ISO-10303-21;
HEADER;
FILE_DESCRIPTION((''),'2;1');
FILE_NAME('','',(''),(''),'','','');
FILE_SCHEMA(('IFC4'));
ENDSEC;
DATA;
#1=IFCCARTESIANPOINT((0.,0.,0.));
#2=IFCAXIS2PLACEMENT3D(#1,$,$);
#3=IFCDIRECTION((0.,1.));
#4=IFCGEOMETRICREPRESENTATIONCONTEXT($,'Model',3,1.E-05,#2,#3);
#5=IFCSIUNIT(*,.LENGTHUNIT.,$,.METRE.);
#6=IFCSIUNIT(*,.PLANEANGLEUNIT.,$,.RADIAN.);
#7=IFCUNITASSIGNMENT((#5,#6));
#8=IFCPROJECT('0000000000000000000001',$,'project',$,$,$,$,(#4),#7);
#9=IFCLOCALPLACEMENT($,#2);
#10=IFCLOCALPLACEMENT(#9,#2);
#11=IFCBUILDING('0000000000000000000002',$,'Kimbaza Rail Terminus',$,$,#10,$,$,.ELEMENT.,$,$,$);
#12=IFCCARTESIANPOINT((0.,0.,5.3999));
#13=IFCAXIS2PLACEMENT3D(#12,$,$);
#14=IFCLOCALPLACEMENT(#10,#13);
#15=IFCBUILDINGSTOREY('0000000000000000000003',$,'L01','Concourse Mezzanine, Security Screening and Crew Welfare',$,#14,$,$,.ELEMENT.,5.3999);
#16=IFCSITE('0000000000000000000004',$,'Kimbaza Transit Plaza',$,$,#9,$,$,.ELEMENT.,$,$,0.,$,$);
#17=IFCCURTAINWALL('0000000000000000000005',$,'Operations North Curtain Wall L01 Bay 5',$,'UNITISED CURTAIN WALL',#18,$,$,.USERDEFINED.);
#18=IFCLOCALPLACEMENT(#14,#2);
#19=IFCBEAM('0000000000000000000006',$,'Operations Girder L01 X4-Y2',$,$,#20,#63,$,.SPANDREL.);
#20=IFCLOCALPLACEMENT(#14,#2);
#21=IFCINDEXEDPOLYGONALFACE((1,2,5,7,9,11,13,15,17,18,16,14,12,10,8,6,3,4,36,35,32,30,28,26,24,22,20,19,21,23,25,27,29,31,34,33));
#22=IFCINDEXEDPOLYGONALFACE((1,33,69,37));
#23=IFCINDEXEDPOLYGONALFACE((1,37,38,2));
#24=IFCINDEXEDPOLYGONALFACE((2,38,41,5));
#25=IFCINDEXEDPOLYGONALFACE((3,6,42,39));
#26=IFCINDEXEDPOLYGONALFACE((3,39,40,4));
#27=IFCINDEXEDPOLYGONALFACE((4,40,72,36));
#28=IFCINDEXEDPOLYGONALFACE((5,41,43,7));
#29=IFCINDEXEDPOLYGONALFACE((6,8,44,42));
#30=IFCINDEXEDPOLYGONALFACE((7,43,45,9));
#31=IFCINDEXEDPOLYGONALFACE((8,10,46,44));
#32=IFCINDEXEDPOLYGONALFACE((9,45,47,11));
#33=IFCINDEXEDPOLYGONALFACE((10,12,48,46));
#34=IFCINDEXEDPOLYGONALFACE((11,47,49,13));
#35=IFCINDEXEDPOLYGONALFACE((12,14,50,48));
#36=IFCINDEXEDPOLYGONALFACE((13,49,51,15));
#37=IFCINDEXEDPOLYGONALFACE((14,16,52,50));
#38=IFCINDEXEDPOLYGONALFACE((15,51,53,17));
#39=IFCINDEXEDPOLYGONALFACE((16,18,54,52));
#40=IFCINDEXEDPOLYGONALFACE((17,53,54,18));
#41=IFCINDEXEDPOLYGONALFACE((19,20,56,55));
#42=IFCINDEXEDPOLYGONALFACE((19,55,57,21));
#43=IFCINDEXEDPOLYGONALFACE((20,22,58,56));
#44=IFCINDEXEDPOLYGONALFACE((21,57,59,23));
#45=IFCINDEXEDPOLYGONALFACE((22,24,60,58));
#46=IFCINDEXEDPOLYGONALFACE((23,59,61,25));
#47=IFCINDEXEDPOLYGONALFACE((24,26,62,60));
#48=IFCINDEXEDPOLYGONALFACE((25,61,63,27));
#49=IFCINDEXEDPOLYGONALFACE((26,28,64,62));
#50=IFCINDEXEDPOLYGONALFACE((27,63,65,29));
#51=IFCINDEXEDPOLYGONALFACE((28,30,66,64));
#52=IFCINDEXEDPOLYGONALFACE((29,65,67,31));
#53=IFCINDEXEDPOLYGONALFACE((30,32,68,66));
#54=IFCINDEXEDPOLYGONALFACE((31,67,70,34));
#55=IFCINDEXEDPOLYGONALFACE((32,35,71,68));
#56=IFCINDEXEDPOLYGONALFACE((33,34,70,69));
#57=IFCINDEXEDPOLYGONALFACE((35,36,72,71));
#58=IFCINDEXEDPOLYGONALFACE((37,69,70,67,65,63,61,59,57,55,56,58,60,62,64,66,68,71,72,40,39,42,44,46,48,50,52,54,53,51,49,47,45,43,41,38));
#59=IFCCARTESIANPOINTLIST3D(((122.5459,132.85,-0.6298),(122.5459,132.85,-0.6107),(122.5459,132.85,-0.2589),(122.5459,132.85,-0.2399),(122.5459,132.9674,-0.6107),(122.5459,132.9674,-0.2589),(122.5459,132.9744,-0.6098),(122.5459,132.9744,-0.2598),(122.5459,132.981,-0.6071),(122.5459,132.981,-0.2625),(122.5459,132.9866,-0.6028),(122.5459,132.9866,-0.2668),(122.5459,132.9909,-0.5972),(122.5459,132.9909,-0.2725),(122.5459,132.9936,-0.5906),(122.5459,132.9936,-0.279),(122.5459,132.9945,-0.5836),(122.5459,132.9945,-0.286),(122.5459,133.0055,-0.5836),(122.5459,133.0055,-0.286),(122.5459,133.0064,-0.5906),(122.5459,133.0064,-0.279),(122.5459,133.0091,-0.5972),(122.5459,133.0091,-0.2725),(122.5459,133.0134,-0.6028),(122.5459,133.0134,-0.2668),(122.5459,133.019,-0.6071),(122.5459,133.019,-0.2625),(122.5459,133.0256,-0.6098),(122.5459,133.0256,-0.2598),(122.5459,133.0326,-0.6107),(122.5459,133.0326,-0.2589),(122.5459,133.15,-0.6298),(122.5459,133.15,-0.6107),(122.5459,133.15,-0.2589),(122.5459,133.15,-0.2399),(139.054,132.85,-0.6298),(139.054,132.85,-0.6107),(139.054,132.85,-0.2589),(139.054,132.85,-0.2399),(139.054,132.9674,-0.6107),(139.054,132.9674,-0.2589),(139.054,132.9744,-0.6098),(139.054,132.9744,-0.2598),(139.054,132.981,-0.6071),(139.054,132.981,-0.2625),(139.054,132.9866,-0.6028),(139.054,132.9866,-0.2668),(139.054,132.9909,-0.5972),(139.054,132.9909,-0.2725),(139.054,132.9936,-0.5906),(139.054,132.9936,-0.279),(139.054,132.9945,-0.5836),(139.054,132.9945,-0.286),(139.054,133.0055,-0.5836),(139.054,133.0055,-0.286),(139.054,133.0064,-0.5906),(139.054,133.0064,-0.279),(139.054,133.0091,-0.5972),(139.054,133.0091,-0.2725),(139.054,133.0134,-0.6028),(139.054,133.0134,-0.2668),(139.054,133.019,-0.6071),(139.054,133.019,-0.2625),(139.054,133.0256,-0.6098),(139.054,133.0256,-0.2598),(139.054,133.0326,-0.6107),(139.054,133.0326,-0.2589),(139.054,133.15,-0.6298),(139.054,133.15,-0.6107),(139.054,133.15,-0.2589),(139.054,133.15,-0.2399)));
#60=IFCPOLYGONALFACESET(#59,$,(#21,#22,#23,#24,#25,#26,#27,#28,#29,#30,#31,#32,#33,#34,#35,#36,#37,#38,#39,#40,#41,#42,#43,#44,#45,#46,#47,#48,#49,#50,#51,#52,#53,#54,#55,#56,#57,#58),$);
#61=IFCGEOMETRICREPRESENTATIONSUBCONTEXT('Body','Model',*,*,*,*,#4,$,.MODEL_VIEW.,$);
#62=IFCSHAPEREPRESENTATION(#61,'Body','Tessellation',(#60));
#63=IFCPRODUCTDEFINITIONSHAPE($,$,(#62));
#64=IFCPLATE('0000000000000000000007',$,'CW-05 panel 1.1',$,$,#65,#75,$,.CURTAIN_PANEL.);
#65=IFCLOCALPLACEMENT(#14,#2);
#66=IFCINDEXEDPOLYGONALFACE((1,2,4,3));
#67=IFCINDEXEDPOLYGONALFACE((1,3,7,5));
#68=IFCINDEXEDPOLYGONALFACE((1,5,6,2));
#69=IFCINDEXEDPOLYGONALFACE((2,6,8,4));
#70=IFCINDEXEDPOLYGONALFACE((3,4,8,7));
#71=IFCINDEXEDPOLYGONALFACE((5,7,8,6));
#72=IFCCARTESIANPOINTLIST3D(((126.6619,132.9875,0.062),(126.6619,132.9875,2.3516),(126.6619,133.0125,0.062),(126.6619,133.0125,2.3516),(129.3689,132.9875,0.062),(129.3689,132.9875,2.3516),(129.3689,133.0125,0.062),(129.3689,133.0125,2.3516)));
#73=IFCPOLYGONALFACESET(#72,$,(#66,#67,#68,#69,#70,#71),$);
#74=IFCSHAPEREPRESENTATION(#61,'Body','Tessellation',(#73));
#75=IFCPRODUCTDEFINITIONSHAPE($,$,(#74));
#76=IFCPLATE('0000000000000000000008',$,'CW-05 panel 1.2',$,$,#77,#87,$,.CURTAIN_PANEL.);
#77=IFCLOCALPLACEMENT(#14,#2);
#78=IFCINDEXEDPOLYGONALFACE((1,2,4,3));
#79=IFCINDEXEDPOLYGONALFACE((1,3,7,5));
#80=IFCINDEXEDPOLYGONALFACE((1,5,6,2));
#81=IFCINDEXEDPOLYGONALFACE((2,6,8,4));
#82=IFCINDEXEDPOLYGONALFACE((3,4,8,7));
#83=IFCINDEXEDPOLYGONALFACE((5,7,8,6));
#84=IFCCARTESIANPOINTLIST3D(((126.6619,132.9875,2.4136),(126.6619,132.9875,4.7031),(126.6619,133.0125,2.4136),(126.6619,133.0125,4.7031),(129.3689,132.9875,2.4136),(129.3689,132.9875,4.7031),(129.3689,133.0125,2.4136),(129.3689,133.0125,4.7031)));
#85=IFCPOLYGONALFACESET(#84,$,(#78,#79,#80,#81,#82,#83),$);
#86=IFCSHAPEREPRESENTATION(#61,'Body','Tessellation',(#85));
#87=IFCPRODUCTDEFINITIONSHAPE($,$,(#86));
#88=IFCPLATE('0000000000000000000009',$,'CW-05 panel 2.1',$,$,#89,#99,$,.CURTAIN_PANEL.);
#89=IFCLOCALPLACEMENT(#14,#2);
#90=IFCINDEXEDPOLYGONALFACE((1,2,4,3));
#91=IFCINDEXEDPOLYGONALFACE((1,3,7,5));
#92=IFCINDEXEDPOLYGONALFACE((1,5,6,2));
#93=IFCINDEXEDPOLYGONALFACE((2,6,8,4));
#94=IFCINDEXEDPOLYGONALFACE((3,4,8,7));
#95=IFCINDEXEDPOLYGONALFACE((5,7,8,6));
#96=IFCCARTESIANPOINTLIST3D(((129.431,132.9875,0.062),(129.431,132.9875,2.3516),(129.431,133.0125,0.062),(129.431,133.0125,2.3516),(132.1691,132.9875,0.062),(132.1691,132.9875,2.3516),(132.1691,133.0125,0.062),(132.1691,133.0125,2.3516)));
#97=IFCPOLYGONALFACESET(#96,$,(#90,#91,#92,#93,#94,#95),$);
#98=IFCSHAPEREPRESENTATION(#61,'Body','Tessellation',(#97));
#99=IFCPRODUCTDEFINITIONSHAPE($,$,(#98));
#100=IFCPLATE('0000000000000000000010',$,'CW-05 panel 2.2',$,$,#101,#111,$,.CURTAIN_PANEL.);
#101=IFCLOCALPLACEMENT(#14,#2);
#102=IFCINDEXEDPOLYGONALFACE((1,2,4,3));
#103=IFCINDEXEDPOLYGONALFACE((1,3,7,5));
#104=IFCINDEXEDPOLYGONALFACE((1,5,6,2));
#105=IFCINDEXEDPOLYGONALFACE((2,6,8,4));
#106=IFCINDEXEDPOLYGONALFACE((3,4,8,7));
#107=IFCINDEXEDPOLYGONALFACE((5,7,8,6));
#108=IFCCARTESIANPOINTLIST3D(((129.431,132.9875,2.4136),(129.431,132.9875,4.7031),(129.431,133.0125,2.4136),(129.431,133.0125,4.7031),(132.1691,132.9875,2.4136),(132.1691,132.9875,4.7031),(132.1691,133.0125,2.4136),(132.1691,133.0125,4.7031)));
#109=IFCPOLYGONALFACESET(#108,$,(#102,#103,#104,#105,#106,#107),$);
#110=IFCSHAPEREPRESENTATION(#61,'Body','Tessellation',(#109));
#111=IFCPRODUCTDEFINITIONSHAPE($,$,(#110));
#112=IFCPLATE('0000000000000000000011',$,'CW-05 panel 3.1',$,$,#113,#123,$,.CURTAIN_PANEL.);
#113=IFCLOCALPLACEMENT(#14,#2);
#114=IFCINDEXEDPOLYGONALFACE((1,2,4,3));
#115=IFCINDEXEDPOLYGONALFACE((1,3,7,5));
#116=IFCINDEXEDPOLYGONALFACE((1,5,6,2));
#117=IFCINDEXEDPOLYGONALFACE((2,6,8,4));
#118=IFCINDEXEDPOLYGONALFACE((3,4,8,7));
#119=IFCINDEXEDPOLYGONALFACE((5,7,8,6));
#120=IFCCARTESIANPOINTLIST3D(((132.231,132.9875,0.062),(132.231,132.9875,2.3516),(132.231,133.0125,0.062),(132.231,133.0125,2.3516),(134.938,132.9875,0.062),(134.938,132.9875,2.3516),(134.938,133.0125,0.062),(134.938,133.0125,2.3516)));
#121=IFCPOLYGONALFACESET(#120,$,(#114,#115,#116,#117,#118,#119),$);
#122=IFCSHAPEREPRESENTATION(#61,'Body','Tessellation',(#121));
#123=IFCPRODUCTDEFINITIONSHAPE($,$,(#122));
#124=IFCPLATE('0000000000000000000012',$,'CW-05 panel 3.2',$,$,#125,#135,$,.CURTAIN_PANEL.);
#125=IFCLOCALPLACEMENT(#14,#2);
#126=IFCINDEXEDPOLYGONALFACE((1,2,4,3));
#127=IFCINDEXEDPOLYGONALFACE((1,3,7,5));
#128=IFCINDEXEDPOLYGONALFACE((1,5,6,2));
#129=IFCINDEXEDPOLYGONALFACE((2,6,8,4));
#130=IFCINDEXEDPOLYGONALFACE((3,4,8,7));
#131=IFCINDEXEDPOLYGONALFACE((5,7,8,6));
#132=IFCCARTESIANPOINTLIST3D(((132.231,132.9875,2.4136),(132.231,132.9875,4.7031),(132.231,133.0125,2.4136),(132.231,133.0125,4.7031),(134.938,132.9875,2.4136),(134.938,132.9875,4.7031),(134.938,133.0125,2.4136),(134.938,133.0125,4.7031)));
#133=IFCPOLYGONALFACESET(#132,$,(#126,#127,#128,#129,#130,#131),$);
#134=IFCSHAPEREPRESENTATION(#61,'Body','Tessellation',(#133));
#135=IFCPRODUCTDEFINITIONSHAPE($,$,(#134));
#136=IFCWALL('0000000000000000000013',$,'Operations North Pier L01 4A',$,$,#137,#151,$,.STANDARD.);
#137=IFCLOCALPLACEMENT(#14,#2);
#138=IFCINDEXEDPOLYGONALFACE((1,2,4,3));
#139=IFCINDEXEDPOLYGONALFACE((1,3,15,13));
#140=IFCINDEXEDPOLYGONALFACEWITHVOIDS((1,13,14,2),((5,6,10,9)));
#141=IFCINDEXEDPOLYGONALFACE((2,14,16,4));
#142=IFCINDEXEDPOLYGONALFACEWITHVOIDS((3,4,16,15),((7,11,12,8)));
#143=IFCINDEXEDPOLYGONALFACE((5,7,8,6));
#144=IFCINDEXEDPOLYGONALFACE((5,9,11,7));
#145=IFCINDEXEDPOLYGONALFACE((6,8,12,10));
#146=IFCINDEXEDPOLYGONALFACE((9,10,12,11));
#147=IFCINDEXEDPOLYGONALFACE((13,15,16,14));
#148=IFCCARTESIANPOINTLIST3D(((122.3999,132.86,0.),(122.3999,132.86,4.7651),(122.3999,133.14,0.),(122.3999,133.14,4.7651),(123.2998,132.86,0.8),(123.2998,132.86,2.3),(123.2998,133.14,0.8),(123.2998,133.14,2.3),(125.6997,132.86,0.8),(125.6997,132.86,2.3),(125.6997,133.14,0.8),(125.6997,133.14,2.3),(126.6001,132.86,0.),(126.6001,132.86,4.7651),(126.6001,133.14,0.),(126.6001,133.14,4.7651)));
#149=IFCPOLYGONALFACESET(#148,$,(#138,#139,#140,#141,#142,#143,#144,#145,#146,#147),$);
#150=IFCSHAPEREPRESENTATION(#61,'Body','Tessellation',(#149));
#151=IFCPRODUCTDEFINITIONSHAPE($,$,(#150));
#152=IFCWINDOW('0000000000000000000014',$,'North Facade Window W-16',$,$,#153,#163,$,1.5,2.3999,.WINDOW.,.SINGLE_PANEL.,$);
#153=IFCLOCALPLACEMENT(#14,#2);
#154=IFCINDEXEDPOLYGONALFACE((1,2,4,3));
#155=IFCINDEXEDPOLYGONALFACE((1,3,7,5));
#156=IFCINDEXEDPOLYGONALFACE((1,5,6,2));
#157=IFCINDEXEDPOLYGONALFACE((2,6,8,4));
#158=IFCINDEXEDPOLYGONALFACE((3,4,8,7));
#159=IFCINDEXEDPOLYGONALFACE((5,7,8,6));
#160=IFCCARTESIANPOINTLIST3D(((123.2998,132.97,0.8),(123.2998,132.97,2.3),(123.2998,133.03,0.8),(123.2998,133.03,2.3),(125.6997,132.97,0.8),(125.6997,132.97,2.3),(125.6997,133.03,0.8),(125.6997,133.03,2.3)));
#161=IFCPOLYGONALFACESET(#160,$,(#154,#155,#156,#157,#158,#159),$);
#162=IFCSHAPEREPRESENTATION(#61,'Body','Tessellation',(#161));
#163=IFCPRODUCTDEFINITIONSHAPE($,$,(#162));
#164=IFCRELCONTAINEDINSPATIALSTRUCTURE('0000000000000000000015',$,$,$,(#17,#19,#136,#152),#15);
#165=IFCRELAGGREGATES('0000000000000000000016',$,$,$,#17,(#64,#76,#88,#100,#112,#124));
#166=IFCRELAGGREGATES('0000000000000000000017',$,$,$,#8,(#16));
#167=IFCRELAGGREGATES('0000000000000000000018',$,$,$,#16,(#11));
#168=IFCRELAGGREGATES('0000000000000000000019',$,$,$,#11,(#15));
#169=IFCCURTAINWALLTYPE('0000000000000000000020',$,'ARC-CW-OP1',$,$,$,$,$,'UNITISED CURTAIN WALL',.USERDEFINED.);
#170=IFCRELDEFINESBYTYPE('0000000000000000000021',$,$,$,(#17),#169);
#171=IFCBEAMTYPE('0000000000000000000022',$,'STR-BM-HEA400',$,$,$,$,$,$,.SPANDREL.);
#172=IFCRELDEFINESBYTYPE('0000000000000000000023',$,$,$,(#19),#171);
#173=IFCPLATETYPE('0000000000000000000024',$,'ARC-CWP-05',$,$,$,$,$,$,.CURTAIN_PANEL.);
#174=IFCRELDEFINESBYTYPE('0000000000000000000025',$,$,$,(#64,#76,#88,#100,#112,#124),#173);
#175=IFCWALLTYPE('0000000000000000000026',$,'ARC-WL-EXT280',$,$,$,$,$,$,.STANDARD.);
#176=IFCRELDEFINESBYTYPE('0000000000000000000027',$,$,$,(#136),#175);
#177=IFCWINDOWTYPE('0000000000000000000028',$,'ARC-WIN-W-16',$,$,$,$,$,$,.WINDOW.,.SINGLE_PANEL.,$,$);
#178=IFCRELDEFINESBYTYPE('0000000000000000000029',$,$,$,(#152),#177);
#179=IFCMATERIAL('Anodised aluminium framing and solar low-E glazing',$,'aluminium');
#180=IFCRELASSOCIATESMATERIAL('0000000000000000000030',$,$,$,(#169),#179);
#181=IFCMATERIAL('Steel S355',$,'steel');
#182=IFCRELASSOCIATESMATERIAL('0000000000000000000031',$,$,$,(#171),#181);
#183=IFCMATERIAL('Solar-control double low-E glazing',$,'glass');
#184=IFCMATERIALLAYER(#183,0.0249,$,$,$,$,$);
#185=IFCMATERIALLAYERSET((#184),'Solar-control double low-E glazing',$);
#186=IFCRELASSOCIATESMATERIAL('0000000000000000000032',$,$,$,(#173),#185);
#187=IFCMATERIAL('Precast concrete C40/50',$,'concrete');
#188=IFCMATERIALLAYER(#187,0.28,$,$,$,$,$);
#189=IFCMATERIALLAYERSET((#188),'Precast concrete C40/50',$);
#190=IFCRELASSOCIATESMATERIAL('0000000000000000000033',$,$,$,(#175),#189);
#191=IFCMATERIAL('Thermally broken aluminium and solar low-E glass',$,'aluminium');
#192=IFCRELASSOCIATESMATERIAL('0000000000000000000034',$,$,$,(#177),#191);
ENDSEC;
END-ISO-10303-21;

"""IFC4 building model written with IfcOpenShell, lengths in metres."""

from ifc_helpers import new_model, si_unit, direction, frame, frame_2d, origin, origin_2d, place, context, subcontext, project, spatial, rectangle, i_section, extrude, material, layer, layer_set, material_profile, profile_set, type_object, element, fill, aggregate, save


model = new_model("IFC4")

# Units and contexts
model_context = context("Model", 3, precision=1e-05, world=origin(), true_north=direction((0.0, 1.0)))
body_context = subcontext(model_context, "Body", "Model", "MODEL_VIEW")
ifc_project = project(units=[si_unit("LENGTHUNIT", "METRE"), si_unit("PLANEANGLEUNIT", "RADIAN")], contexts=[model_context])

# Site, building, storey
site_placement = place(None, origin())
site = spatial("IfcSite", under=ifc_project, at=site_placement, Name="Kimbaza Transit Plaza", CompositionType="ELEMENT", RefElevation=0.0)
building_placement = place(site_placement, origin())
building = spatial("IfcBuilding", under=site, at=building_placement, Name="Kimbaza Rail Terminus", CompositionType="ELEMENT")
storey_placement = place(building_placement, frame((0.0, 0.0, 5.3999)))
storey = spatial("IfcBuildingStorey", under=building, at=storey_placement, Name="L01", Description="Concourse Mezzanine, Security Screening and Crew Welfare", CompositionType="ELEMENT", Elevation=5.3999)

# Curtain wall
ifc_material_1 = material(Name="Anodised aluminium framing and solar low-E glazing", Category="aluminium")
curtain_wall_type = type_object("IfcCurtainWallType", Name="ARC-CW-OP1", ElementType="UNITISED CURTAIN WALL", PredefinedType="USERDEFINED", material=ifc_material_1)
curtain_wall_placement = place(storey_placement, origin())
curtain_wall = element("IfcCurtainWall", 1, at=curtain_wall_placement, inside=storey, type_object=curtain_wall_type, Name="Operations North Curtain Wall L01 Bay 5", ObjectType="UNITISED CURTAIN WALL", PredefinedType="USERDEFINED")

# Beam
ifc_material_2 = material(Name="Steel S355", Category="steel")
ifc_material_profile_1 = material_profile(ifc_material_2, i_section(OverallWidth=0.3, OverallDepth=0.3899, WebThickness=0.011, FlangeThickness=0.019, FilletRadius=0.0271, at=origin_2d()), Name="HEA 400")
ifc_profile_set_1 = profile_set([ifc_material_profile_1], Name="Steel S355")
beam_type = type_object("IfcBeamType", Name="STR-BM-HEA400", PredefinedType="SPANDREL", material=ifc_profile_set_1)
beam_placement = place(storey_placement, frame((122.5459, 133.0, -0.4348), z_axis=(1.0, 0.0, 0.0), x_axis=(0.0, 1.0, 0.0)))
element("IfcBeam", 2, at=beam_placement, inside=storey, type_object=beam_type, Name="Operations Girder L01 X4-Y2", PredefinedType="SPANDREL", context=body_context, shape_type="SweptSolid", body=[
    extrude(i_section(OverallWidth=0.3, OverallDepth=0.3899, WebThickness=0.011, FlangeThickness=0.019, FilletRadius=0.0271, at=origin_2d()), origin(), (0.0, 0.0, 1.0), 16.5081),
])

# Plates
ifc_material_3 = material(Name="Solar-control double low-E glazing", Category="glass")
ifc_layer_1 = layer(ifc_material_3, 0.0249)
ifc_layer_set_1 = layer_set([ifc_layer_1], Name="Solar-control double low-E glazing")
plate_type = type_object("IfcPlateType", Name="ARC-CWP-05", PredefinedType="CURTAIN_PANEL", material=ifc_layer_set_1)
plate_1_placement = place(storey_placement, frame((128.0154, 133.0, 0.062), z_axis=(0.0, 0.0, 1.0), x_axis=(1.0, 0.0, 0.0)))
plate_1 = element("IfcPlate", 3, at=plate_1_placement, type_object=plate_type, Name="CW-05 panel 1.1", PredefinedType="CURTAIN_PANEL", context=body_context, shape_type="SweptSolid", body=[
    extrude(rectangle(XDim=2.707, YDim=0.0249, at=origin_2d()), origin(), (0.0, 0.0, 1.0), 2.2896),
])
plate_2_placement = place(storey_placement, frame((128.0154, 133.0, 2.4136), z_axis=(0.0, 0.0, 1.0), x_axis=(1.0, 0.0, 0.0)))
plate_2 = element("IfcPlate", 4, at=plate_2_placement, type_object=plate_type, Name="CW-05 panel 1.2", PredefinedType="CURTAIN_PANEL", context=body_context, shape_type="SweptSolid", body=[
    extrude(rectangle(XDim=2.707, YDim=0.0249, at=origin_2d()), origin(), (0.0, 0.0, 1.0), 2.2896),
])
plate_3_placement = place(storey_placement, frame((130.8, 133.0, 0.062), z_axis=(0.0, 0.0, 1.0), x_axis=(1.0, 0.0, 0.0)))
plate_3 = element("IfcPlate", 5, at=plate_3_placement, type_object=plate_type, Name="CW-05 panel 2.1", PredefinedType="CURTAIN_PANEL", context=body_context, shape_type="SweptSolid", body=[
    extrude(rectangle(XDim=2.738, YDim=0.0249, at=origin_2d()), origin(), (0.0, 0.0, 1.0), 2.2896),
])
plate_4_placement = place(storey_placement, frame((130.8, 133.0, 2.4136), z_axis=(0.0, 0.0, 1.0), x_axis=(1.0, 0.0, 0.0)))
plate_4 = element("IfcPlate", 6, at=plate_4_placement, type_object=plate_type, Name="CW-05 panel 2.2", PredefinedType="CURTAIN_PANEL", context=body_context, shape_type="SweptSolid", body=[
    extrude(rectangle(XDim=2.738, YDim=0.0249, at=origin_2d()), origin(), (0.0, 0.0, 1.0), 2.2896),
])
plate_5_placement = place(storey_placement, frame((133.5845, 133.0, 0.062), z_axis=(0.0, 0.0, 1.0), x_axis=(1.0, 0.0, 0.0)))
plate_5 = element("IfcPlate", 7, at=plate_5_placement, type_object=plate_type, Name="CW-05 panel 3.1", PredefinedType="CURTAIN_PANEL", context=body_context, shape_type="SweptSolid", body=[
    extrude(rectangle(XDim=2.707, YDim=0.0249, at=origin_2d()), origin(), (0.0, 0.0, 1.0), 2.2896),
])
plate_6_placement = place(storey_placement, frame((133.5845, 133.0, 2.4136), z_axis=(0.0, 0.0, 1.0), x_axis=(1.0, 0.0, 0.0)))
plate_6 = element("IfcPlate", 8, at=plate_6_placement, type_object=plate_type, Name="CW-05 panel 3.2", PredefinedType="CURTAIN_PANEL", context=body_context, shape_type="SweptSolid", body=[
    extrude(rectangle(XDim=2.707, YDim=0.0249, at=origin_2d()), origin(), (0.0, 0.0, 1.0), 2.2896),
])
aggregate(curtain_wall, [plate_1, plate_2, plate_3, plate_4, plate_5, plate_6])

# Wall, opening, window
ifc_material_4 = material(Name="Precast concrete C40/50", Category="concrete")
ifc_layer_2 = layer(ifc_material_4, 0.28)
ifc_layer_set_2 = layer_set([ifc_layer_2], Name="Precast concrete C40/50")
wall_type_1 = type_object("IfcWallType", Name="ARC-WL-EXT280", PredefinedType="STANDARD", material=ifc_layer_set_2)
wall_1_placement = place(storey_placement, frame((122.3999, 133.0, 0.0), z_axis=(0.0, 0.0, 1.0), x_axis=(1.0, 0.0, 0.0)))
wall_1 = element("IfcWall", 9, at=wall_1_placement, inside=storey, type_object=wall_type_1, Name="Operations North Pier L01 4A", PredefinedType="STANDARD", context=body_context, shape_type="SweptSolid", body=[
    extrude(rectangle(XDim=4.2002, YDim=0.28, at=frame_2d((2.1001, 0.0))), origin(), (0.0, 0.0, 1.0), 4.7651),
])
opening_1_placement = place(wall_1_placement, frame((0.8999, 0.0, 0.8)))
opening_1 = element("IfcOpeningElement", 10, at=opening_1_placement, cuts=wall_1, PredefinedType="OPENING", context=body_context, shape_type="SweptSolid", body=[
    extrude(rectangle(XDim=2.3999, YDim=1.5, at=frame_2d((1.2, 0.75))), frame((0.0, 0.1499, 0.0), z_axis=(0.0, -1.0, 0.0), x_axis=(1.0, 0.0, 0.0)), (0.0, 0.0, 1.0), 0.3),
])
ifc_material_5 = material(Name="Thermally broken aluminium and solar low-E glass", Category="aluminium")
window_type_1 = type_object("IfcWindowType", Name="ARC-WIN-W-16", PartitioningType="SINGLE_PANEL", PredefinedType="WINDOW", material=ifc_material_5)
window_1_placement = place(opening_1_placement, origin())
window_1 = element("IfcWindow", 11, at=window_1_placement, inside=storey, type_object=window_type_1, Name="North Facade Window W-16", OverallHeight=1.5, OverallWidth=2.3999, PartitioningType="SINGLE_PANEL", PredefinedType="WINDOW", context=body_context, shape_type="SweptSolid", body=[
    extrude(rectangle(XDim=2.3999, YDim=1.5, at=frame_2d((1.2, 0.75))), frame((0.0, 0.03, 0.0), z_axis=(0.0, -1.0, 0.0), x_axis=(1.0, 0.0, 0.0)), (0.0, 0.0, 1.0), 0.0601),
])
fill(opening_1, window_1)

save(model, "model.ifc")
